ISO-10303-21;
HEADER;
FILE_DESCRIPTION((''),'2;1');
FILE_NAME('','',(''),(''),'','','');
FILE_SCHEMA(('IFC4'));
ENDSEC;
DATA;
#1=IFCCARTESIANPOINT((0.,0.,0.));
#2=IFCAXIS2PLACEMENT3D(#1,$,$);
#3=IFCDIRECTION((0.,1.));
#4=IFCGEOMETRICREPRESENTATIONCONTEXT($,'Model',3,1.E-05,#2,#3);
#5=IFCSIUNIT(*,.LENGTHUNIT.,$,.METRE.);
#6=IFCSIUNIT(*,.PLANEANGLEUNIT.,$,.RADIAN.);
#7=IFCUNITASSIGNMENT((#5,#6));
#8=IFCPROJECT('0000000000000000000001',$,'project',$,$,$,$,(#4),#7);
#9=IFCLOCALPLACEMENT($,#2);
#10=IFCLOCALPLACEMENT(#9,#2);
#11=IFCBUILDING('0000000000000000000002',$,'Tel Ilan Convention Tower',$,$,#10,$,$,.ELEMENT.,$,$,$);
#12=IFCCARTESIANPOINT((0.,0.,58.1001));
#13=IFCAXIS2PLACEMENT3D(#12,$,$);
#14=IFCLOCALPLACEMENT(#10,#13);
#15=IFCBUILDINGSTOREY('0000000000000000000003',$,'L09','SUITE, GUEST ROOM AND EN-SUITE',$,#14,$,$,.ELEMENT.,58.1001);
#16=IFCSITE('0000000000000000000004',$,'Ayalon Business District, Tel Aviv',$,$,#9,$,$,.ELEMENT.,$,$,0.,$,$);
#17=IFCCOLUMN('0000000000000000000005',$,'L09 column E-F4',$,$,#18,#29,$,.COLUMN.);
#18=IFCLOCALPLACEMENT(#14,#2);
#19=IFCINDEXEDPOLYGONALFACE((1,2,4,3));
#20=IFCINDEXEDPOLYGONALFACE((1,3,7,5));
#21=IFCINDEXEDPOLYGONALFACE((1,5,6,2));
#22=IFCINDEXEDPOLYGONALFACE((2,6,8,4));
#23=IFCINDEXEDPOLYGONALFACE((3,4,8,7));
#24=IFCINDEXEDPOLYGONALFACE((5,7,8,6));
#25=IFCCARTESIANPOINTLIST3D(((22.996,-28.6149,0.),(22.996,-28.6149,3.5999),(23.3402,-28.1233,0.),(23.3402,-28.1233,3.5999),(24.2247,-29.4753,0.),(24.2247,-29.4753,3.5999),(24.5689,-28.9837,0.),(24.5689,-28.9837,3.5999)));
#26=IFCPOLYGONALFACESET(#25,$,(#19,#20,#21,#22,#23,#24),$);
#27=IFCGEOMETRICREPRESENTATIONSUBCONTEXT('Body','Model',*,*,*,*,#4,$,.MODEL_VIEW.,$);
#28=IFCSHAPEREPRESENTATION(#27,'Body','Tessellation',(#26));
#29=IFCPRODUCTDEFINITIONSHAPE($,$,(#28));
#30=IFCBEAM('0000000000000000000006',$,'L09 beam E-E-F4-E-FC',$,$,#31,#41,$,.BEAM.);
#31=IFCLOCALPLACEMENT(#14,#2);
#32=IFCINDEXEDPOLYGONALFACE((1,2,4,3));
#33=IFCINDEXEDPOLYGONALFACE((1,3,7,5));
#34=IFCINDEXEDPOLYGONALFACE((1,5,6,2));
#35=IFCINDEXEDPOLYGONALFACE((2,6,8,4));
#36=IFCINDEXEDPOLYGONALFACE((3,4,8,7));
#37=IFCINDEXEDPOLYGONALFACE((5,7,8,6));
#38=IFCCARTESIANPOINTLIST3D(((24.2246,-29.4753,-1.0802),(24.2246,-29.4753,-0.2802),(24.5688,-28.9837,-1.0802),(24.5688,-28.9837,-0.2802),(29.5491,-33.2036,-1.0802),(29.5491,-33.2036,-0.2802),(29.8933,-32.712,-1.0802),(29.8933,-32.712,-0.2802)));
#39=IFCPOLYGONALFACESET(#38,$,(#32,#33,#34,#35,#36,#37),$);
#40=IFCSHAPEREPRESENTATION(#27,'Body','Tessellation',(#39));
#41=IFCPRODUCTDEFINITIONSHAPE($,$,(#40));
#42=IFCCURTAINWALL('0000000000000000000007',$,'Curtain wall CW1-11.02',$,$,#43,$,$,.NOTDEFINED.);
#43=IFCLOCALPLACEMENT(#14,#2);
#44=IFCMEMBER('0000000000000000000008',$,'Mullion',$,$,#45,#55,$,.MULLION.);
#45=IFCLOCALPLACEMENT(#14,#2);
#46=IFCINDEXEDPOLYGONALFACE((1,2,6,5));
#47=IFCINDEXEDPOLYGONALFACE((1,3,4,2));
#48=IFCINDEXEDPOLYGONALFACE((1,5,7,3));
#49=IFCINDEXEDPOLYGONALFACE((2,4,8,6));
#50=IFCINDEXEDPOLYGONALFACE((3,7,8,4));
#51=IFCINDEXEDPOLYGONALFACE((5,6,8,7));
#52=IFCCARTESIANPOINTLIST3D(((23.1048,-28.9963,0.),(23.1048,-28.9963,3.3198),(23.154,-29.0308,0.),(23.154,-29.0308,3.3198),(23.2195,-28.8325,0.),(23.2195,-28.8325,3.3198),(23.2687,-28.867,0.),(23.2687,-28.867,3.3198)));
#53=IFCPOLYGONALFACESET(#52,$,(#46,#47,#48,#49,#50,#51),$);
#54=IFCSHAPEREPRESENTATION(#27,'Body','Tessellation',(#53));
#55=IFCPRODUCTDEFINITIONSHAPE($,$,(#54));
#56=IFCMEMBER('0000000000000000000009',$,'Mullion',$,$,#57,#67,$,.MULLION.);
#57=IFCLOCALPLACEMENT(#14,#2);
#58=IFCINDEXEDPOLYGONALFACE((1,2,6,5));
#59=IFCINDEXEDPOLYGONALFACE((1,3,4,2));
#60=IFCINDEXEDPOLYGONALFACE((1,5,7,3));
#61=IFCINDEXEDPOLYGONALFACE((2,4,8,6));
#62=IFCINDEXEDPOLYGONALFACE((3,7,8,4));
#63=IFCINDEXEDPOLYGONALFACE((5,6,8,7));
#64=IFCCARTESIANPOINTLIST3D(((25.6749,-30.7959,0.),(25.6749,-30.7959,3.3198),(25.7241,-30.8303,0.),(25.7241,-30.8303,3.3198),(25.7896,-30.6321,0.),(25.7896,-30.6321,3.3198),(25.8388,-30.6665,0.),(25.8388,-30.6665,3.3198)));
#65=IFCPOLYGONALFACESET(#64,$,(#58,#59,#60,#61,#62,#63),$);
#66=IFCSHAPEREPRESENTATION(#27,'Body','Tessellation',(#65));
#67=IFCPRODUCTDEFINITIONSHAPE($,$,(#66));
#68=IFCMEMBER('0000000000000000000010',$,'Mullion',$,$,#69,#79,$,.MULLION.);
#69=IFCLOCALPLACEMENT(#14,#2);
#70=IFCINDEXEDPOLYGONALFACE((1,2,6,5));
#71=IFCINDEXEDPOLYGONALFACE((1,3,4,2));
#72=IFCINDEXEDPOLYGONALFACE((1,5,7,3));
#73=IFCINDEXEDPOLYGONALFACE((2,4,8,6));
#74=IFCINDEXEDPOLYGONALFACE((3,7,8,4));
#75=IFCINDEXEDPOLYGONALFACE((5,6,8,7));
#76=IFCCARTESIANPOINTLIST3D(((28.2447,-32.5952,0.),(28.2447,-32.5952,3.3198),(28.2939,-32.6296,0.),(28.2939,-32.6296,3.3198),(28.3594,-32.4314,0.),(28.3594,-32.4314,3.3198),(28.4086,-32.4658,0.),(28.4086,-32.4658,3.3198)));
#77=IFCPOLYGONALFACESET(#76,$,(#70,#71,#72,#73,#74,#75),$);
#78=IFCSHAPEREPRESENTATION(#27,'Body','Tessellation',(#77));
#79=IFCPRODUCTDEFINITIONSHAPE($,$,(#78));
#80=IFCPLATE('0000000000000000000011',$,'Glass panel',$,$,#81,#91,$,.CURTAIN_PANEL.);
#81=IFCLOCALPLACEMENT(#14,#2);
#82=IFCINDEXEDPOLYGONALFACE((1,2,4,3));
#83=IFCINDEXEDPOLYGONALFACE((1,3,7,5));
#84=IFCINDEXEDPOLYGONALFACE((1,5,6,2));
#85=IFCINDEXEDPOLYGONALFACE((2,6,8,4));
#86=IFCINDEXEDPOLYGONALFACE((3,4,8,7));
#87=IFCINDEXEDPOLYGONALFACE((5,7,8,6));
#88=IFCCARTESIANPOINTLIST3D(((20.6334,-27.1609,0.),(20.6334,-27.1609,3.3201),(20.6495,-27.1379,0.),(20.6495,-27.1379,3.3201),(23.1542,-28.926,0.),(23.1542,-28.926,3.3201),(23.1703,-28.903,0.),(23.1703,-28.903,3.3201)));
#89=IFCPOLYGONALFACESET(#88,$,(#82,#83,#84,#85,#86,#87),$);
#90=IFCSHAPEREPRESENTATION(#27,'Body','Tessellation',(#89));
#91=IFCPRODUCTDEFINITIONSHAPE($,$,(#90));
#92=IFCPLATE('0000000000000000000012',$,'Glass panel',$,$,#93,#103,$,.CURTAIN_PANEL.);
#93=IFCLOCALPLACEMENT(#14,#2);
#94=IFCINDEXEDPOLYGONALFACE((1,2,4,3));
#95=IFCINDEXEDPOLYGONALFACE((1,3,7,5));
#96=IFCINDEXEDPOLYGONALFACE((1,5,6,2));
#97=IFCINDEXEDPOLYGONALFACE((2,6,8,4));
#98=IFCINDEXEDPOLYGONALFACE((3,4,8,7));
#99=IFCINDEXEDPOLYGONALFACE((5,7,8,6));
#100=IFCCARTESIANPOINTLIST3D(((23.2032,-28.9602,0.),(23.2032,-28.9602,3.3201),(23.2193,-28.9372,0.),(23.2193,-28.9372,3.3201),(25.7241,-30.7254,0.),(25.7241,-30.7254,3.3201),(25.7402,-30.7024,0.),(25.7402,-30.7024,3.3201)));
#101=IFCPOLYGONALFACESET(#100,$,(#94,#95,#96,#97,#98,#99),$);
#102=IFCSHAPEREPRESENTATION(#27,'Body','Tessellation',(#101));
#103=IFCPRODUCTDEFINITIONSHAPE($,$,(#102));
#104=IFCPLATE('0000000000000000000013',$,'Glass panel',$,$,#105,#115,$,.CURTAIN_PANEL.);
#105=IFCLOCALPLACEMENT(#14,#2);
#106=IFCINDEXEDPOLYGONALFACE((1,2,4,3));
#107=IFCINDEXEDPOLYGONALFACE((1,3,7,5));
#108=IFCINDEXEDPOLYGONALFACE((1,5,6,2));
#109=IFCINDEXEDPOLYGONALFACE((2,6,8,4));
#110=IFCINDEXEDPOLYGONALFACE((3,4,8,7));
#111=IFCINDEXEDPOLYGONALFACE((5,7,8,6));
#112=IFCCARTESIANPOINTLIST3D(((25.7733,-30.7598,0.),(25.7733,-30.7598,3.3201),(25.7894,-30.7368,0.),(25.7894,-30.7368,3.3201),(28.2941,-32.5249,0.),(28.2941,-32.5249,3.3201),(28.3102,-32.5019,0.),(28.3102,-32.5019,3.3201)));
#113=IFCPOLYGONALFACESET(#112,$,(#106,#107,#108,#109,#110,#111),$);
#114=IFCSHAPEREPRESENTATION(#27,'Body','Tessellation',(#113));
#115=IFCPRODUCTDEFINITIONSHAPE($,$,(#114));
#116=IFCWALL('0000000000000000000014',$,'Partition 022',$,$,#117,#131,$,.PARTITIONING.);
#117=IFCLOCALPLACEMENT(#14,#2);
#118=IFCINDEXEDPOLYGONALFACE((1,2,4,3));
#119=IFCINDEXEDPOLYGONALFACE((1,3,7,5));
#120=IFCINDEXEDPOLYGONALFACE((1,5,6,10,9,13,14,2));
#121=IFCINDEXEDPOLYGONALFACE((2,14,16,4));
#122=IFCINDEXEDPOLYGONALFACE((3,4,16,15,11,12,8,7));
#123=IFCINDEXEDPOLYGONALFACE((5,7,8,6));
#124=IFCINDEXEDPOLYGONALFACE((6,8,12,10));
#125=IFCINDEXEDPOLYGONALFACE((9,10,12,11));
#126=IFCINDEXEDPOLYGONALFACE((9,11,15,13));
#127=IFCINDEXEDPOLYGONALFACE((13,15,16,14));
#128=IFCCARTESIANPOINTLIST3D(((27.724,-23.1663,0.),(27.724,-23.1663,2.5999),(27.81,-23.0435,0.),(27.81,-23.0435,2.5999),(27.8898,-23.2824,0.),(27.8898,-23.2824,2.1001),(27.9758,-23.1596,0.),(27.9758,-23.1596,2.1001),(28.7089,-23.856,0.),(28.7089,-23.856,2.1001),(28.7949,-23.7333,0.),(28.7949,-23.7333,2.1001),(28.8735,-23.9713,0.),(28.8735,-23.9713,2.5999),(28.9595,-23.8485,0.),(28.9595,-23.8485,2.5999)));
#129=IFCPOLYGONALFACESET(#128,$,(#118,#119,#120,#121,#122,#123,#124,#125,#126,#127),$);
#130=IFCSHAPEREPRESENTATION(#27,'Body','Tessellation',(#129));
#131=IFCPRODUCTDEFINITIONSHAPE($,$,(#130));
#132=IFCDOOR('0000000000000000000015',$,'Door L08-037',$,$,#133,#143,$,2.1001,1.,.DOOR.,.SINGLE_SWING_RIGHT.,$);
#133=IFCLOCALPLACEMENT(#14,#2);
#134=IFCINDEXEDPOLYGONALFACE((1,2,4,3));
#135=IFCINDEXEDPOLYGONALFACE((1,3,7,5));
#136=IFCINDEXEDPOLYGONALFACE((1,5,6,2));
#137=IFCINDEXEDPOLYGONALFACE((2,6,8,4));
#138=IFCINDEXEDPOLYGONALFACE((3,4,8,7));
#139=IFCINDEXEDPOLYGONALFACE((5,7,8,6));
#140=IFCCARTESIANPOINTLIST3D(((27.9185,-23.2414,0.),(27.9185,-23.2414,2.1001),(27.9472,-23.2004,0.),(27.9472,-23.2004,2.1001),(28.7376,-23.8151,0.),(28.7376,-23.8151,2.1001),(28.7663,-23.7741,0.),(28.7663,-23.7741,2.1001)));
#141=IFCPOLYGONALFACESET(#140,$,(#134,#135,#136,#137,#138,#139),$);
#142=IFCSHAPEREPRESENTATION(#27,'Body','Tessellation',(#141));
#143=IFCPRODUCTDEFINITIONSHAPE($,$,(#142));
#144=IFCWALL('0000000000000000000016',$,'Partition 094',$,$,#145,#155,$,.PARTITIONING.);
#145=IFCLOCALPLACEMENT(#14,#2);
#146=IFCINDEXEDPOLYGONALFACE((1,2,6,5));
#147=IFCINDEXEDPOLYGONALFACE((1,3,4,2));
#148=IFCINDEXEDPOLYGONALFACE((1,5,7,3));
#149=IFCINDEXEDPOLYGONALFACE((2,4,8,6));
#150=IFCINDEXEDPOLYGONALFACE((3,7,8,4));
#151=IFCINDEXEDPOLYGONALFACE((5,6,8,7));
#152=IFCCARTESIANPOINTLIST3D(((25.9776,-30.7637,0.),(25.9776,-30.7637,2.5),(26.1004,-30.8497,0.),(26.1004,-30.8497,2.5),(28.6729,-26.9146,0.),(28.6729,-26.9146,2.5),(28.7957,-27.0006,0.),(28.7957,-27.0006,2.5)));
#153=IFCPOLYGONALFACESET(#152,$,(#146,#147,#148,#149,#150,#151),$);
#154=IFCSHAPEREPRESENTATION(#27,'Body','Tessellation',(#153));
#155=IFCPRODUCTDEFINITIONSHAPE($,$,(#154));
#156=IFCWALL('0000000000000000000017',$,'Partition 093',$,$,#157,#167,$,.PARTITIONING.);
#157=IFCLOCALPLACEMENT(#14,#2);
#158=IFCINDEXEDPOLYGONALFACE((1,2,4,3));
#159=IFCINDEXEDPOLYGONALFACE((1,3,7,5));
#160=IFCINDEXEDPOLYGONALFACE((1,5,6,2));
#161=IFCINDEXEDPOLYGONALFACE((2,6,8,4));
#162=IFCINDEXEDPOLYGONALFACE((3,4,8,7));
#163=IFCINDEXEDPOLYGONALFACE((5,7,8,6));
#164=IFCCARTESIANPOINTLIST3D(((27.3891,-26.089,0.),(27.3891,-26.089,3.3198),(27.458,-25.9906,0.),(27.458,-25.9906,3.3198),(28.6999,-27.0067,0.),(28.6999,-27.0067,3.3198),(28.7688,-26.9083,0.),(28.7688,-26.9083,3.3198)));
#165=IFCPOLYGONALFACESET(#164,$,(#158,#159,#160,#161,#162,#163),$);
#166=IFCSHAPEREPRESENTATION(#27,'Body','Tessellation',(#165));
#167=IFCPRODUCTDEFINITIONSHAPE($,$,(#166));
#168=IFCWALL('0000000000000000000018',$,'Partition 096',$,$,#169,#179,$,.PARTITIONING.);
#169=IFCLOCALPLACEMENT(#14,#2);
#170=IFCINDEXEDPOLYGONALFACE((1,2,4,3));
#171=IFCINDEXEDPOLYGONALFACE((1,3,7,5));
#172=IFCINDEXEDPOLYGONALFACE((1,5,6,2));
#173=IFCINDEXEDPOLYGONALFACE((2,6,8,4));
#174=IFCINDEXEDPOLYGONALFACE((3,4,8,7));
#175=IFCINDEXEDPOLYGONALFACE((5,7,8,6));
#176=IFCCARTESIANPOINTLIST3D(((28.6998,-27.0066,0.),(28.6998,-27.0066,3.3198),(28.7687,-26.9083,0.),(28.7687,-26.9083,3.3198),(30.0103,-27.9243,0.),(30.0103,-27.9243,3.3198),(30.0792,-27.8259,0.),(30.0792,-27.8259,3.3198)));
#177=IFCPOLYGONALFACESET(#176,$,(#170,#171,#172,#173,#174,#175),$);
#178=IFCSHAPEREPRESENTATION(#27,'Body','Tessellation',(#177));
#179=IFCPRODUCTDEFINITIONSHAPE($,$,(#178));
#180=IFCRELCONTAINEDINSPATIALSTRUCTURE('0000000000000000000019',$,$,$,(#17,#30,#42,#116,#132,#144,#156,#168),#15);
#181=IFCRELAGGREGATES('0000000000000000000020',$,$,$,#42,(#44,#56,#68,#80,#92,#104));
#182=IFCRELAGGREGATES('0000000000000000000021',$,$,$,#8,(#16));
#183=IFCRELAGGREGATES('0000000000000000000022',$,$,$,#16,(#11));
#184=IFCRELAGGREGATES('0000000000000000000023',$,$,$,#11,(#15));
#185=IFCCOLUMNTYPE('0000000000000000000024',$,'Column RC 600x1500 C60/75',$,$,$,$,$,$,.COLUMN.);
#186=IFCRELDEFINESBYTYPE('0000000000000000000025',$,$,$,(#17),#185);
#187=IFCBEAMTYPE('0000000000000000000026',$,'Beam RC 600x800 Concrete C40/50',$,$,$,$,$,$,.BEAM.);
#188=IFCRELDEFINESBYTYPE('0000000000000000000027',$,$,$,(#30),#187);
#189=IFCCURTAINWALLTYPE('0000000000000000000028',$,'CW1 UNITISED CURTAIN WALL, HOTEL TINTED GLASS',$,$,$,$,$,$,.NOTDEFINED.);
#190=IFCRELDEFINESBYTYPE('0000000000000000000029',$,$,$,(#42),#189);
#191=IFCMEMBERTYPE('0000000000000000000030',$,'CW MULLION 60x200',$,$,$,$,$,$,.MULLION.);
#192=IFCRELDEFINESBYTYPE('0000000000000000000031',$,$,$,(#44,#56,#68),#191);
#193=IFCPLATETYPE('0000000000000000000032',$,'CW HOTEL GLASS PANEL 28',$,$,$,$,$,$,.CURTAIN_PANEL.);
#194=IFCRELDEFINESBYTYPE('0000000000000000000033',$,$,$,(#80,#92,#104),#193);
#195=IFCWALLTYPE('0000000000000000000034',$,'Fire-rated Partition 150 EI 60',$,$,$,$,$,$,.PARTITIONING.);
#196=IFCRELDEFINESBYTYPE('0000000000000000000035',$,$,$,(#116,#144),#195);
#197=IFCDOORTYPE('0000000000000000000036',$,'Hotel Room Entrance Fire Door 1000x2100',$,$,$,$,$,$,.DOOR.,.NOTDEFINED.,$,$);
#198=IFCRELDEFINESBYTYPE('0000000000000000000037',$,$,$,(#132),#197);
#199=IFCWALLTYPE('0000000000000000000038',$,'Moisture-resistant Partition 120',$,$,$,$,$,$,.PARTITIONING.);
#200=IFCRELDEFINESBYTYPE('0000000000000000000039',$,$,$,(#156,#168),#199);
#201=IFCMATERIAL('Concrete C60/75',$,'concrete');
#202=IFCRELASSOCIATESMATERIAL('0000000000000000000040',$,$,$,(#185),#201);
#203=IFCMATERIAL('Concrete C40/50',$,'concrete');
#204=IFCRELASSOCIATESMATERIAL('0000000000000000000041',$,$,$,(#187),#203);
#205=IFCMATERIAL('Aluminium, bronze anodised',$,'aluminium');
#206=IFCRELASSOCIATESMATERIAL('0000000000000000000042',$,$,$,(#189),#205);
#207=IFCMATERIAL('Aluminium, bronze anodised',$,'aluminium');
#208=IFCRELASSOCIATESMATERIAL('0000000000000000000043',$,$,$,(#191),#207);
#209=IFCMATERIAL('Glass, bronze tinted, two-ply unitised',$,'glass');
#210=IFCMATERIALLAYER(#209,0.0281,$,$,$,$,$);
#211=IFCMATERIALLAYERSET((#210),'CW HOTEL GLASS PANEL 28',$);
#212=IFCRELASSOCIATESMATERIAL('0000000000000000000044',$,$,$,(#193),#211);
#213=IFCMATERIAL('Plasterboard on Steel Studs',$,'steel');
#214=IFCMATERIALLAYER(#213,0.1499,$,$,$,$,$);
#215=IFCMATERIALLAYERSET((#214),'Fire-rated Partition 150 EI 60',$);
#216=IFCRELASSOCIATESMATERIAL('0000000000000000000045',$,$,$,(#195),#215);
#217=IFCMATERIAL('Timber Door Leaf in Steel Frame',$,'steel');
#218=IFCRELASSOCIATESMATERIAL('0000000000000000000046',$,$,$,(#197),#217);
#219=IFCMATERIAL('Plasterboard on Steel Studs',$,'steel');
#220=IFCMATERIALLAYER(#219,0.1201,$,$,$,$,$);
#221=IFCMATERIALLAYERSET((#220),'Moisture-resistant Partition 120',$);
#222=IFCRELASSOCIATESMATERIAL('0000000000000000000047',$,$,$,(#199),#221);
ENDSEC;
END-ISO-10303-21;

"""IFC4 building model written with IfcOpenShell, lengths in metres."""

from ifc_helpers import new_model, si_unit, direction, frame, frame_2d, origin, origin_2d, place, context, subcontext, project, spatial, rectangle, extrude, material, layer, layer_set, material_profile, profile_set, type_object, element, fill, aggregate, save


model = new_model("IFC4")

# Units and contexts
model_context = context("Model", 3, precision=1e-05, world=origin(), true_north=direction((0.0, 1.0)))
body_context = subcontext(model_context, "Body", "Model", "MODEL_VIEW")
ifc_project = project(units=[si_unit("LENGTHUNIT", "METRE"), si_unit("PLANEANGLEUNIT", "RADIAN")], contexts=[model_context])

# Site, building, storey
site_placement = place(None, origin())
site = spatial("IfcSite", under=ifc_project, at=site_placement, Name="Ayalon Business District, Tel Aviv", CompositionType="ELEMENT", RefElevation=0.0)
building_placement = place(site_placement, origin())
building = spatial("IfcBuilding", under=site, at=building_placement, Name="Tel Ilan Convention Tower", CompositionType="ELEMENT")
storey_placement = place(building_placement, frame((0.0, 0.0, 58.1001)))
storey = spatial("IfcBuildingStorey", under=building, at=storey_placement, Name="L09", Description="SUITE, GUEST ROOM AND EN-SUITE", CompositionType="ELEMENT", Elevation=58.1001)

# Column
ifc_material_1 = material(Name="Concrete C60/75", Category="concrete")
ifc_material_profile_1 = material_profile(ifc_material_1, rectangle(XDim=1.5, YDim=0.6001, at=origin_2d()), Name="RC 600x1500")
ifc_profile_set_1 = profile_set([ifc_material_profile_1], Name="Concrete C60/75")
column_type = type_object("IfcColumnType", Name="Column RC 600x1500 C60/75", PredefinedType="COLUMN", material=ifc_profile_set_1)
column_placement = place(storey_placement, frame((23.7825, -28.7993, 0.0), z_axis=(0.0, 0.0, 1.0), x_axis=(0.819152, -0.573576, 0.0)))
element("IfcColumn", 1, at=column_placement, inside=storey, type_object=column_type, Name="L09 column E-F4", PredefinedType="COLUMN", context=body_context, shape_type="SweptSolid", body=[
    extrude(rectangle(XDim=1.5, YDim=0.6001, at=origin_2d()), origin(), (0.0, 0.0, 1.0), 3.5999),
])

# Beam
ifc_material_2 = material(Name="Concrete C40/50", Category="concrete")
ifc_material_profile_2 = material_profile(ifc_material_2, rectangle(XDim=0.6001, YDim=0.8, at=origin_2d()), Name="RC 600x800")
ifc_profile_set_2 = profile_set([ifc_material_profile_2], Name="Concrete C40/50")
beam_type = type_object("IfcBeamType", Name="Beam RC 600x800 Concrete C40/50", PredefinedType="BEAM", material=ifc_profile_set_2)
beam_placement = place(storey_placement, frame((24.3967, -29.2295, -0.6802), z_axis=(0.819149, -0.573581, 0.0), x_axis=(0.573581, 0.819149, 0.0)))
element("IfcBeam", 2, at=beam_placement, inside=storey, type_object=beam_type, Name="L09 beam E-E-F4-E-FC", PredefinedType="BEAM", context=body_context, shape_type="SweptSolid", body=[
    extrude(rectangle(XDim=0.6001, YDim=0.8, at=origin_2d()), origin(), (0.0, 0.0, 1.0), 6.5),
])

# Curtain wall, members, plates
ifc_material_3 = material(Name="Aluminium, bronze anodised", Category="aluminium")
curtain_wall_type = type_object("IfcCurtainWallType", Name="CW1 UNITISED CURTAIN WALL, HOTEL TINTED GLASS", PredefinedType="NOTDEFINED", material=ifc_material_3)
curtain_wall_placement = place(storey_placement, origin())
curtain_wall = element("IfcCurtainWall", 3, at=curtain_wall_placement, inside=storey, type_object=curtain_wall_type, Name="Curtain wall CW1-11.02", PredefinedType="NOTDEFINED")
ifc_material_4 = material(Name="Aluminium, bronze anodised", Category="aluminium")
ifc_material_profile_3 = material_profile(ifc_material_4, rectangle(XDim=0.0601, YDim=0.2, at=origin_2d()), Name="CW MULLION 60x200")
ifc_profile_set_3 = profile_set([ifc_material_profile_3], Name="Aluminium, bronze anodised")
member_type = type_object("IfcMemberType", Name="CW MULLION 60x200", PredefinedType="MULLION", material=ifc_profile_set_3)
member_1_placement = place(storey_placement, frame((23.1868, -28.9316, 0.0), z_axis=(0.0, 0.0, 1.0), x_axis=(0.819152, -0.573576, 0.0)))
member_1 = element("IfcMember", 4, at=member_1_placement, type_object=member_type, Name="Mullion", PredefinedType="MULLION", context=body_context, shape_type="SweptSolid", body=[
    extrude(rectangle(XDim=0.0601, YDim=0.2, at=origin_2d()), origin(), (0.0, 0.0, 1.0), 3.3198),
])
member_2_placement = place(storey_placement, frame((25.7568, -30.7312, 0.0), z_axis=(0.0, 0.0, 1.0), x_axis=(0.819152, -0.573576, 0.0)))
member_2 = element("IfcMember", 5, at=member_2_placement, type_object=member_type, Name="Mullion", PredefinedType="MULLION", context=body_context, shape_type="SweptSolid", body=[
    extrude(rectangle(XDim=0.0601, YDim=0.2, at=origin_2d()), origin(), (0.0, 0.0, 1.0), 3.3198),
])
member_3_placement = place(storey_placement, frame((28.3267, -32.5305, 0.0), z_axis=(0.0, 0.0, 1.0), x_axis=(0.819152, -0.573576, 0.0)))
member_3 = element("IfcMember", 6, at=member_3_placement, type_object=member_type, Name="Mullion", PredefinedType="MULLION", context=body_context, shape_type="SweptSolid", body=[
    extrude(rectangle(XDim=0.0601, YDim=0.2, at=origin_2d()), origin(), (0.0, 0.0, 1.0), 3.3198),
])
ifc_material_5 = material(Name="Glass, bronze tinted, two-ply unitised", Category="glass")
ifc_layer_1 = layer(ifc_material_5, 0.0281)
ifc_layer_set_1 = layer_set([ifc_layer_1], Name="CW HOTEL GLASS PANEL 28")
plate_type = type_object("IfcPlateType", Name="CW HOTEL GLASS PANEL 28", PredefinedType="CURTAIN_PANEL", material=ifc_layer_set_1)
plate_1_placement = place(storey_placement, frame((21.9019, -28.032, 0.0), z_axis=(0.0, 0.0, 1.0), x_axis=(0.819152, -0.573576, 0.0)))
plate_1 = element("IfcPlate", 7, at=plate_1_placement, type_object=plate_type, Name="Glass panel", PredefinedType="CURTAIN_PANEL", context=body_context, shape_type="SweptSolid", body=[
    extrude(rectangle(XDim=3.0774, YDim=0.0281, at=origin_2d()), origin(), (0.0, 0.0, 1.0), 3.3201),
])
plate_2_placement = place(storey_placement, frame((24.4717, -29.8313, 0.0), z_axis=(0.0, 0.0, 1.0), x_axis=(0.819152, -0.573576, 0.0)))
plate_2 = element("IfcPlate", 8, at=plate_2_placement, type_object=plate_type, Name="Glass panel", PredefinedType="CURTAIN_PANEL", context=body_context, shape_type="SweptSolid", body=[
    extrude(rectangle(XDim=3.0774, YDim=0.0281, at=origin_2d()), origin(), (0.0, 0.0, 1.0), 3.3201),
])
plate_3_placement = place(storey_placement, frame((27.0417, -31.6309, 0.0), z_axis=(0.0, 0.0, 1.0), x_axis=(0.819152, -0.573576, 0.0)))
plate_3 = element("IfcPlate", 9, at=plate_3_placement, type_object=plate_type, Name="Glass panel", PredefinedType="CURTAIN_PANEL", context=body_context, shape_type="SweptSolid", body=[
    extrude(rectangle(XDim=3.0774, YDim=0.0281, at=origin_2d()), origin(), (0.0, 0.0, 1.0), 3.3201),
])
aggregate(curtain_wall, [member_1, member_2, member_3, plate_1, plate_2, plate_3])

# Wall, opening, door
ifc_material_6 = material(Name="Plasterboard on Steel Studs", Category="steel")
ifc_layer_2 = layer(ifc_material_6, 0.1499)
ifc_layer_set_2 = layer_set([ifc_layer_2], Name="Fire-rated Partition 150 EI 60")
wall_type_1 = type_object("IfcWallType", Name="Fire-rated Partition 150 EI 60", PredefinedType="PARTITIONING", material=ifc_layer_set_2)
wall_1_placement = place(storey_placement, frame((28.9165, -23.9099, 0.0), z_axis=(0.0, 0.0, 1.0), x_axis=(-0.819117, 0.573626, 0.0)))
wall_1 = element("IfcWall", 10, at=wall_1_placement, inside=storey, type_object=wall_type_1, Name="Partition 022", PredefinedType="PARTITIONING", context=body_context, shape_type="SweptSolid", body=[
    extrude(rectangle(XDim=1.4033, YDim=0.1499, at=frame_2d((0.7017, 0.0))), origin(), (0.0, 0.0, 1.0), 2.5999),
])
opening_placement = place(wall_1_placement, frame((0.2009, 0.0, 0.0)))
opening = element("IfcOpeningElement", 11, at=opening_placement, cuts=wall_1, PredefinedType="OPENING", context=body_context, shape_type="SweptSolid", body=[
    extrude(rectangle(XDim=1.0, YDim=2.1001, at=frame_2d((0.5, 1.05))), frame((0.0, 0.085, 0.0), z_axis=(0.0, -1.0, 0.0), x_axis=(1.0, 0.0, 0.0)), (0.0, 0.0, 1.0), 0.1699),
])
ifc_material_7 = material(Name="Timber Door Leaf in Steel Frame", Category="steel")
door_type = type_object("IfcDoorType", Name="Hotel Room Entrance Fire Door 1000x2100", OperationType="NOTDEFINED", PredefinedType="DOOR", material=ifc_material_7)
door_placement = place(opening_placement, origin())
door = element("IfcDoor", 12, at=door_placement, inside=storey, type_object=door_type, Name="Door L08-037", OperationType="SINGLE_SWING_RIGHT", OverallHeight=2.1001, OverallWidth=1.0, PredefinedType="DOOR", context=body_context, shape_type="SweptSolid", body=[
    extrude(rectangle(XDim=1.0, YDim=2.1001, at=frame_2d((0.5, 1.05))), frame((0.0, 0.0249, 0.0), z_axis=(0.0, -1.0, 0.0), x_axis=(1.0, 0.0, 0.0)), (0.0, 0.0, 1.0), 0.05),
])
fill(opening, door)

# Walls
wall_2_placement = place(storey_placement, frame((28.7344, -26.9575, 0.0), z_axis=(0.0, 0.0, 1.0), x_axis=(-0.573595, -0.819139, 0.0)))
element("IfcWall", 13, at=wall_2_placement, inside=storey, type_object=wall_type_1, Name="Partition 094", PredefinedType="PARTITIONING", context=body_context, shape_type="SweptSolid", body=[
    extrude(rectangle(XDim=4.699, YDim=0.1499, at=frame_2d((2.3496, 0.0))), origin(), (0.0, 0.0, 1.0), 2.5),
])
ifc_material_8 = material(Name="Plasterboard on Steel Studs", Category="steel")
ifc_layer_3 = layer(ifc_material_8, 0.1201)
ifc_layer_set_3 = layer_set([ifc_layer_3], Name="Moisture-resistant Partition 120")
wall_type_2 = type_object("IfcWallType", Name="Moisture-resistant Partition 120", PredefinedType="PARTITIONING", material=ifc_layer_set_3)
wall_3_placement = place(storey_placement, frame((27.4236, -26.0398, 0.0), z_axis=(0.0, 0.0, 1.0), x_axis=(0.819182, -0.573534, 0.0)))
element("IfcWall", 14, at=wall_3_placement, inside=storey, type_object=wall_type_2, Name="Partition 093", PredefinedType="PARTITIONING", context=body_context, shape_type="SweptSolid", body=[
    extrude(rectangle(XDim=1.6001, YDim=0.1201, at=frame_2d((0.8, 0.0))), origin(), (0.0, 0.0, 1.0), 3.3198),
])
wall_4_placement = place(storey_placement, frame((28.7344, -26.9575, 0.0), z_axis=(0.0, 0.0, 1.0), x_axis=(0.819132, -0.573606, 0.0)))
element("IfcWall", 15, at=wall_4_placement, inside=storey, type_object=wall_type_2, Name="Partition 096", PredefinedType="PARTITIONING", context=body_context, shape_type="SweptSolid", body=[
    extrude(rectangle(XDim=1.5999, YDim=0.1201, at=frame_2d((0.7998, 0.0))), origin(), (0.0, 0.0, 1.0), 3.3198),
])

save(model, "model.ifc")
